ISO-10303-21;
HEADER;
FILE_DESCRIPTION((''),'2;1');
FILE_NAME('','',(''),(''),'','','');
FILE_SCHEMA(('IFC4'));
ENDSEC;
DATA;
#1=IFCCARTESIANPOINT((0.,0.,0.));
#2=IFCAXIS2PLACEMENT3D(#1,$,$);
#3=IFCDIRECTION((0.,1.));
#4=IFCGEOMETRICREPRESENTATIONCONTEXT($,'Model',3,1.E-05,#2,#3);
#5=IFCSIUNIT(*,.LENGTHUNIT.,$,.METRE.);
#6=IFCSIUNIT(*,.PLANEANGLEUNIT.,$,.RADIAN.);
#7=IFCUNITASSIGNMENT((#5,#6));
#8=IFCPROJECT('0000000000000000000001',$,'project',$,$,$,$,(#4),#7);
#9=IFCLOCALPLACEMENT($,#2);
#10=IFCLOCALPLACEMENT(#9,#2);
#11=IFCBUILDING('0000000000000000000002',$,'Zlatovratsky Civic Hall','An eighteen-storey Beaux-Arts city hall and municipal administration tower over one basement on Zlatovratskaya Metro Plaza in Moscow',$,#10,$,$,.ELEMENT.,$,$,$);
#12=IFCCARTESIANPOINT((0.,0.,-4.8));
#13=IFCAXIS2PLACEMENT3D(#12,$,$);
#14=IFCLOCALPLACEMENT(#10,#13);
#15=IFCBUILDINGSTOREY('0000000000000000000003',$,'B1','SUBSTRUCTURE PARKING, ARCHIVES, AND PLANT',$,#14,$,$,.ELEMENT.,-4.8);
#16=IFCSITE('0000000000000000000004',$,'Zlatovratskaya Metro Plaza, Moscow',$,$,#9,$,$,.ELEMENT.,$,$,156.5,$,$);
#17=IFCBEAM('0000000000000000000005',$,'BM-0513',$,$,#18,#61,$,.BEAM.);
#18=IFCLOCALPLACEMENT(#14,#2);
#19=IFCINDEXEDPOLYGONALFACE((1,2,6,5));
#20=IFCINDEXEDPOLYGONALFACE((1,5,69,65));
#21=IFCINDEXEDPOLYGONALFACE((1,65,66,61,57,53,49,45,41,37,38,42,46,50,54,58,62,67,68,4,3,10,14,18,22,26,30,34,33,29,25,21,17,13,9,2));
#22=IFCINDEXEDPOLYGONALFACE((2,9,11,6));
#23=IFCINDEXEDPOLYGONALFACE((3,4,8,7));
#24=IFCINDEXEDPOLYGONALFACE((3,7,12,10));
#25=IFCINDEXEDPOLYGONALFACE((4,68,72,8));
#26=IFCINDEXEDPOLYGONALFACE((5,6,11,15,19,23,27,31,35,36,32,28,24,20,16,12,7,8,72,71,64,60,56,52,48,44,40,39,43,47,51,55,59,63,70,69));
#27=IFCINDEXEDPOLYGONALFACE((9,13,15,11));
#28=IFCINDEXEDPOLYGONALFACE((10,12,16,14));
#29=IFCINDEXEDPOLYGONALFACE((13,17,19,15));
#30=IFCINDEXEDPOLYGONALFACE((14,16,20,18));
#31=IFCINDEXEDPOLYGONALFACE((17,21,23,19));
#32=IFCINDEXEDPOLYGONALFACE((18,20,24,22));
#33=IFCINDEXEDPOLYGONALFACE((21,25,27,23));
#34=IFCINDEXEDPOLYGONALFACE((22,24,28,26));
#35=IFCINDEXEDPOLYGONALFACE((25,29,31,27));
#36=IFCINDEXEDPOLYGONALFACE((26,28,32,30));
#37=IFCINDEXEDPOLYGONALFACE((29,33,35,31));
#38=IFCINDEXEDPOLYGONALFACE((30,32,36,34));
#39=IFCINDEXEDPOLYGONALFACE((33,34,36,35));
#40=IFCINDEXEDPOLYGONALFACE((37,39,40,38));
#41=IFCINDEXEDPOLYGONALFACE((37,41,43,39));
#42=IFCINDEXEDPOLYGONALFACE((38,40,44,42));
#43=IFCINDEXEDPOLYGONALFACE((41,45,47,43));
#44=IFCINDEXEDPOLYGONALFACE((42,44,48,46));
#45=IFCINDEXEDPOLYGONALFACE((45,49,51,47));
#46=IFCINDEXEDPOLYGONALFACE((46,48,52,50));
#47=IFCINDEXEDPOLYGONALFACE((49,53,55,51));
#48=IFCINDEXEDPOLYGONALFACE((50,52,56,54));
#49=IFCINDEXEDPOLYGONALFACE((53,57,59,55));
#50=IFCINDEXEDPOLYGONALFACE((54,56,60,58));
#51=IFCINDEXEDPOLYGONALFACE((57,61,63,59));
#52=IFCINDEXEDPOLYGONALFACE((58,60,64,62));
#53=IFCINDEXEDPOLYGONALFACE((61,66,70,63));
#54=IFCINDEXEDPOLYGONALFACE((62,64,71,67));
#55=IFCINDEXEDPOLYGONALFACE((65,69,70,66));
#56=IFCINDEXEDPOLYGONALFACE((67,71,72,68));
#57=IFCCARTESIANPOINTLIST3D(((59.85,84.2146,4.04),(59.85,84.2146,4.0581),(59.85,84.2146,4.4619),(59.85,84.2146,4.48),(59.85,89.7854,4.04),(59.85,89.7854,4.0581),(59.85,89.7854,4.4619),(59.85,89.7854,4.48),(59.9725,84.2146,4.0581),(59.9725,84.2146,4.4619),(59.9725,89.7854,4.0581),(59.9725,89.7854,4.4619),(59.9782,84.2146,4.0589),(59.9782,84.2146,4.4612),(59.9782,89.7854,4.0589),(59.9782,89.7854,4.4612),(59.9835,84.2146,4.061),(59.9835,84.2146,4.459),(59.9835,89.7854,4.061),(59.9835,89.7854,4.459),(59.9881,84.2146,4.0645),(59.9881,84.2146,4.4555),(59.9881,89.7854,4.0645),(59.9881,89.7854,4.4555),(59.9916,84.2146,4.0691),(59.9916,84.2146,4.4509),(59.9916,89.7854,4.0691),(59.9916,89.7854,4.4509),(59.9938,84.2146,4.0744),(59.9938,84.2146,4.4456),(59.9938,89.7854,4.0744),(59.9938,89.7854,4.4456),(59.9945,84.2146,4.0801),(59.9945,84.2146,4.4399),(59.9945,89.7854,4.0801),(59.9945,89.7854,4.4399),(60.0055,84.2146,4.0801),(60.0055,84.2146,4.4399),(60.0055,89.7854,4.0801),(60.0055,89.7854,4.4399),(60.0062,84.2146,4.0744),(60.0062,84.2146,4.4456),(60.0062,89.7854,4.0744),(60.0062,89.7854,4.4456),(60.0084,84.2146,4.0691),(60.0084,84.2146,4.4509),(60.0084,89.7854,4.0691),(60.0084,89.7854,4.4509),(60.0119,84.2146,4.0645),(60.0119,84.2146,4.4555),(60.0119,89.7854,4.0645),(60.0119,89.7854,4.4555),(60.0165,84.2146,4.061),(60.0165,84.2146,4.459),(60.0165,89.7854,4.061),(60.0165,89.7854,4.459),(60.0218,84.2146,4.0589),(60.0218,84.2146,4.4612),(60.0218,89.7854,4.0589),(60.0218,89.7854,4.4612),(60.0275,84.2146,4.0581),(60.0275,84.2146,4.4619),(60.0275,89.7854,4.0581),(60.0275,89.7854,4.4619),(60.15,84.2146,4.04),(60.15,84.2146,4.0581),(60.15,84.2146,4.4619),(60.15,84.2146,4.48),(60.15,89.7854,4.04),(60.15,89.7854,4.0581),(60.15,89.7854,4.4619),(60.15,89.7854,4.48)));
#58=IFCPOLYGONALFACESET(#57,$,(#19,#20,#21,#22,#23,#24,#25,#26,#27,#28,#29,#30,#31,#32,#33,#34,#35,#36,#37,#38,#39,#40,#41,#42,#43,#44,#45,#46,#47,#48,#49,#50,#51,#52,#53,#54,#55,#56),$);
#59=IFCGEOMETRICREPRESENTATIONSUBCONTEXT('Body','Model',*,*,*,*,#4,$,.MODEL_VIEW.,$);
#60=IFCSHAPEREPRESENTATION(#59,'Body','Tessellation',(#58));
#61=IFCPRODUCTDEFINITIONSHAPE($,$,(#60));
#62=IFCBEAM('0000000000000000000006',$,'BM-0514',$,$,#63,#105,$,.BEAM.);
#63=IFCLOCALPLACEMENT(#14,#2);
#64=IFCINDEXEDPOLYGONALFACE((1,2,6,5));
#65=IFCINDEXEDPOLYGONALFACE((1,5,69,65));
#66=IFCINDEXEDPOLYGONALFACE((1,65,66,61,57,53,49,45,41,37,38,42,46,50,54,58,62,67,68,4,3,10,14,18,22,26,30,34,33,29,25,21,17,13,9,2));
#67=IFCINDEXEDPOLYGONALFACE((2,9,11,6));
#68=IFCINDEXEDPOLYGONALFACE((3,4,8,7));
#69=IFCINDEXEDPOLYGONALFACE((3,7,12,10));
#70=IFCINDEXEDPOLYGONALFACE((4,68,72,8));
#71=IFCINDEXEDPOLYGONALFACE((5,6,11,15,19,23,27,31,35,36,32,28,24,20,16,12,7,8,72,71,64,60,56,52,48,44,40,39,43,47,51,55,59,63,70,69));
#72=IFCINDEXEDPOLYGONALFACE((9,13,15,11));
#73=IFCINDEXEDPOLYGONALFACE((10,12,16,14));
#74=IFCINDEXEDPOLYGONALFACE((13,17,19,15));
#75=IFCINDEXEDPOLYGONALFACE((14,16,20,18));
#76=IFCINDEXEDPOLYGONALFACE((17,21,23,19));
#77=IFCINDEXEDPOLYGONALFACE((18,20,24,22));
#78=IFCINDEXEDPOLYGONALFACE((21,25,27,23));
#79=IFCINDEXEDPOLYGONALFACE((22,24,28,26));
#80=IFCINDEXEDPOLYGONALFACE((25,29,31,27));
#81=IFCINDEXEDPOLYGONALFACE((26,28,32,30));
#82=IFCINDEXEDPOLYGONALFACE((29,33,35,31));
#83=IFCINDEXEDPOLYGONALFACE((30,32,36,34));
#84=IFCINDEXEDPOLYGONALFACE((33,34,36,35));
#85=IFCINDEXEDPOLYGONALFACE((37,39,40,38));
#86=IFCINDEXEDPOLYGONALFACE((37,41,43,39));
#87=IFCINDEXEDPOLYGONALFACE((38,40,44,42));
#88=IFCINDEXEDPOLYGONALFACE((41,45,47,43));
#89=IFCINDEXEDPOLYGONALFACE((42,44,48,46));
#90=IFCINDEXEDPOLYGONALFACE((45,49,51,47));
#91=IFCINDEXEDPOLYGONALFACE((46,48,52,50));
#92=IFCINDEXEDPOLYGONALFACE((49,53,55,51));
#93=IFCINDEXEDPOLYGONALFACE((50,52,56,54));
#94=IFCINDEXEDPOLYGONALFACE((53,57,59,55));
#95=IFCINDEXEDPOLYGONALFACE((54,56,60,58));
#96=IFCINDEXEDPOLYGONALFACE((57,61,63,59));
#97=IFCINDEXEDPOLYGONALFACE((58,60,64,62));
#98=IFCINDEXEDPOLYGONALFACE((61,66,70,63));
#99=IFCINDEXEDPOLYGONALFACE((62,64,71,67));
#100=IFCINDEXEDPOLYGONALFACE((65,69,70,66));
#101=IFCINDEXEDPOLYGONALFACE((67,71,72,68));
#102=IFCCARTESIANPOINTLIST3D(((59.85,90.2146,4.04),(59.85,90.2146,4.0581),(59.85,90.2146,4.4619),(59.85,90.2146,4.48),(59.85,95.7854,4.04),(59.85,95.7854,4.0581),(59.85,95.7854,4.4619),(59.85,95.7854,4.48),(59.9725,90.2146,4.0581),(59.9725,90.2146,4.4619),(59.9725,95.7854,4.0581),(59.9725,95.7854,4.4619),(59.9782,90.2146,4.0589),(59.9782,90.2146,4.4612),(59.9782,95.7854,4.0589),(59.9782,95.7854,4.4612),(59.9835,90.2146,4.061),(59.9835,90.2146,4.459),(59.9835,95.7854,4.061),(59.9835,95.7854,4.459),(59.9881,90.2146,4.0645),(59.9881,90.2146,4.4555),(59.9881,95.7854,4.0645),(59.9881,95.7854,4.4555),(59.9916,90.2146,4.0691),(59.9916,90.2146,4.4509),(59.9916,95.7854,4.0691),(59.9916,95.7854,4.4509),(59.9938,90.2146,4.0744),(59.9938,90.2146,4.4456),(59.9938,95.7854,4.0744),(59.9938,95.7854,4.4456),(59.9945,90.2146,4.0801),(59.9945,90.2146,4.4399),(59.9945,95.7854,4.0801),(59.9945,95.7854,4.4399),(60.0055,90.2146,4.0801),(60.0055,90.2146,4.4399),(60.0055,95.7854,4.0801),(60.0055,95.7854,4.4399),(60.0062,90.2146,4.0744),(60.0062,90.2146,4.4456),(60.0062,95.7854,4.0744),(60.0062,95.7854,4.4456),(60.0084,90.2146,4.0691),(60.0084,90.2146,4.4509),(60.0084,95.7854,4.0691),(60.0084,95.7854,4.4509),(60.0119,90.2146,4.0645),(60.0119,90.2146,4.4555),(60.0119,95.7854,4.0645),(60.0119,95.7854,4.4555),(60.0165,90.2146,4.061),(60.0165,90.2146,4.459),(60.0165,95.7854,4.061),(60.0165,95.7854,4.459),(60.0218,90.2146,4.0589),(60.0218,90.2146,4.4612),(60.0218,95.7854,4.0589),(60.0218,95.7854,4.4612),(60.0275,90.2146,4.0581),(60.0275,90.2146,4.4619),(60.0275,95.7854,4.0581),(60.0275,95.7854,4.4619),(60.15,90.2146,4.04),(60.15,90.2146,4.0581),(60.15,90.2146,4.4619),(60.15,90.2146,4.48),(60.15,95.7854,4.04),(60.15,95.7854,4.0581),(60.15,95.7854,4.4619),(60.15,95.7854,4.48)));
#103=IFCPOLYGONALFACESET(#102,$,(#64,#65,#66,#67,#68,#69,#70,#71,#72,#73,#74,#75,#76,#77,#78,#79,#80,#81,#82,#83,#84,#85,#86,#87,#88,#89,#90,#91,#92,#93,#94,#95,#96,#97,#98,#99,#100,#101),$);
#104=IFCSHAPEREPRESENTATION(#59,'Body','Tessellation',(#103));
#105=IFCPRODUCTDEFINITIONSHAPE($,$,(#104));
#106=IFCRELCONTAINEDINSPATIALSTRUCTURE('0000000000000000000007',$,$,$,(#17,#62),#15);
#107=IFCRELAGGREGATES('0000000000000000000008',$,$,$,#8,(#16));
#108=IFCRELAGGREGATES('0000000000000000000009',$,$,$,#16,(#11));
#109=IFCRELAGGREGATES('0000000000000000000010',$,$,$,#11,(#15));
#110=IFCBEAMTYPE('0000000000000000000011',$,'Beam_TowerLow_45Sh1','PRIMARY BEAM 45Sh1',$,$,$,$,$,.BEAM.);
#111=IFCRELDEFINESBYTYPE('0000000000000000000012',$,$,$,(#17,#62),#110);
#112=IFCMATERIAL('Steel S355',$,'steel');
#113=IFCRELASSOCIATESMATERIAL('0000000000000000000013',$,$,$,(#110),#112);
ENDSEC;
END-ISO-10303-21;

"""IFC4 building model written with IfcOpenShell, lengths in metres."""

from ifc_helpers import new_model, si_unit, direction, frame, origin, origin_2d, place, context, subcontext, project, spatial, i_section, extrude, material, material_profile, profile_set, type_object, element, save


model = new_model("IFC4")

# Units and contexts
model_context = context("Model", 3, precision=1e-05, world=origin(), true_north=direction((0.0, 1.0)))
body_context = subcontext(model_context, "Body", "Model", "MODEL_VIEW")
ifc_project = project(units=[si_unit("LENGTHUNIT", "METRE"), si_unit("PLANEANGLEUNIT", "RADIAN")], contexts=[model_context])

# Site, building, storey
site_placement = place(None, origin())
site = spatial("IfcSite", under=ifc_project, at=site_placement, Name="Zlatovratskaya Metro Plaza, Moscow", CompositionType="ELEMENT", RefElevation=156.5)
building_placement = place(site_placement, origin())
building = spatial("IfcBuilding", under=site, at=building_placement, Name="Zlatovratsky Civic Hall", Description="An eighteen-storey Beaux-Arts city hall and municipal administration tower over one basement on Zlatovratskaya Metro Plaza in Moscow", CompositionType="ELEMENT")
storey_placement = place(building_placement, frame((0.0, 0.0, -4.8)))
storey = spatial("IfcBuildingStorey", under=building, at=storey_placement, Name="B1", Description="SUBSTRUCTURE PARKING, ARCHIVES, AND PLANT", CompositionType="ELEMENT", Elevation=-4.8)

# Shared definitions
ifc_material_1 = material(Name="Steel S355", Category="steel")

# Beams
ifc_material_profile_1 = material_profile(ifc_material_1, i_section(OverallWidth=0.3, OverallDepth=0.4399, WebThickness=0.011, FlangeThickness=0.0181, FilletRadius=0.022, at=origin_2d()), Name="45Sh1")
ifc_profile_set_1 = profile_set([ifc_material_profile_1], Name="Steel S355")
beam_type = type_object("IfcBeamType", Name="Beam_TowerLow_45Sh1", Description="PRIMARY BEAM 45Sh1", PredefinedType="BEAM", material=ifc_profile_set_1)
for number, where, z_axis, x_axis, name in (
    (1, (60.0, 84.2146, 4.26), (0.0, 1.0, 0.0), (-1.0, 0.0, 0.0), "BM-0513"),
    (2, (60.0, 90.2146, 4.26), (0.0, 1.0, 0.0), (-1.0, 0.0, 0.0), "BM-0514"),
):
    element("IfcBeam", number, at=place(storey_placement, frame(where, z_axis=z_axis, x_axis=x_axis)), inside=storey, type_object=beam_type, Name=name, PredefinedType="BEAM", context=body_context, shape_type="SweptSolid", body=[
        extrude(i_section(OverallWidth=0.3, OverallDepth=0.4399, WebThickness=0.011, FlangeThickness=0.0181, FilletRadius=0.022, at=origin_2d()), origin(), (0.0, 0.0, 1.0), 5.5708),
    ])

save(model, "model.ifc")
